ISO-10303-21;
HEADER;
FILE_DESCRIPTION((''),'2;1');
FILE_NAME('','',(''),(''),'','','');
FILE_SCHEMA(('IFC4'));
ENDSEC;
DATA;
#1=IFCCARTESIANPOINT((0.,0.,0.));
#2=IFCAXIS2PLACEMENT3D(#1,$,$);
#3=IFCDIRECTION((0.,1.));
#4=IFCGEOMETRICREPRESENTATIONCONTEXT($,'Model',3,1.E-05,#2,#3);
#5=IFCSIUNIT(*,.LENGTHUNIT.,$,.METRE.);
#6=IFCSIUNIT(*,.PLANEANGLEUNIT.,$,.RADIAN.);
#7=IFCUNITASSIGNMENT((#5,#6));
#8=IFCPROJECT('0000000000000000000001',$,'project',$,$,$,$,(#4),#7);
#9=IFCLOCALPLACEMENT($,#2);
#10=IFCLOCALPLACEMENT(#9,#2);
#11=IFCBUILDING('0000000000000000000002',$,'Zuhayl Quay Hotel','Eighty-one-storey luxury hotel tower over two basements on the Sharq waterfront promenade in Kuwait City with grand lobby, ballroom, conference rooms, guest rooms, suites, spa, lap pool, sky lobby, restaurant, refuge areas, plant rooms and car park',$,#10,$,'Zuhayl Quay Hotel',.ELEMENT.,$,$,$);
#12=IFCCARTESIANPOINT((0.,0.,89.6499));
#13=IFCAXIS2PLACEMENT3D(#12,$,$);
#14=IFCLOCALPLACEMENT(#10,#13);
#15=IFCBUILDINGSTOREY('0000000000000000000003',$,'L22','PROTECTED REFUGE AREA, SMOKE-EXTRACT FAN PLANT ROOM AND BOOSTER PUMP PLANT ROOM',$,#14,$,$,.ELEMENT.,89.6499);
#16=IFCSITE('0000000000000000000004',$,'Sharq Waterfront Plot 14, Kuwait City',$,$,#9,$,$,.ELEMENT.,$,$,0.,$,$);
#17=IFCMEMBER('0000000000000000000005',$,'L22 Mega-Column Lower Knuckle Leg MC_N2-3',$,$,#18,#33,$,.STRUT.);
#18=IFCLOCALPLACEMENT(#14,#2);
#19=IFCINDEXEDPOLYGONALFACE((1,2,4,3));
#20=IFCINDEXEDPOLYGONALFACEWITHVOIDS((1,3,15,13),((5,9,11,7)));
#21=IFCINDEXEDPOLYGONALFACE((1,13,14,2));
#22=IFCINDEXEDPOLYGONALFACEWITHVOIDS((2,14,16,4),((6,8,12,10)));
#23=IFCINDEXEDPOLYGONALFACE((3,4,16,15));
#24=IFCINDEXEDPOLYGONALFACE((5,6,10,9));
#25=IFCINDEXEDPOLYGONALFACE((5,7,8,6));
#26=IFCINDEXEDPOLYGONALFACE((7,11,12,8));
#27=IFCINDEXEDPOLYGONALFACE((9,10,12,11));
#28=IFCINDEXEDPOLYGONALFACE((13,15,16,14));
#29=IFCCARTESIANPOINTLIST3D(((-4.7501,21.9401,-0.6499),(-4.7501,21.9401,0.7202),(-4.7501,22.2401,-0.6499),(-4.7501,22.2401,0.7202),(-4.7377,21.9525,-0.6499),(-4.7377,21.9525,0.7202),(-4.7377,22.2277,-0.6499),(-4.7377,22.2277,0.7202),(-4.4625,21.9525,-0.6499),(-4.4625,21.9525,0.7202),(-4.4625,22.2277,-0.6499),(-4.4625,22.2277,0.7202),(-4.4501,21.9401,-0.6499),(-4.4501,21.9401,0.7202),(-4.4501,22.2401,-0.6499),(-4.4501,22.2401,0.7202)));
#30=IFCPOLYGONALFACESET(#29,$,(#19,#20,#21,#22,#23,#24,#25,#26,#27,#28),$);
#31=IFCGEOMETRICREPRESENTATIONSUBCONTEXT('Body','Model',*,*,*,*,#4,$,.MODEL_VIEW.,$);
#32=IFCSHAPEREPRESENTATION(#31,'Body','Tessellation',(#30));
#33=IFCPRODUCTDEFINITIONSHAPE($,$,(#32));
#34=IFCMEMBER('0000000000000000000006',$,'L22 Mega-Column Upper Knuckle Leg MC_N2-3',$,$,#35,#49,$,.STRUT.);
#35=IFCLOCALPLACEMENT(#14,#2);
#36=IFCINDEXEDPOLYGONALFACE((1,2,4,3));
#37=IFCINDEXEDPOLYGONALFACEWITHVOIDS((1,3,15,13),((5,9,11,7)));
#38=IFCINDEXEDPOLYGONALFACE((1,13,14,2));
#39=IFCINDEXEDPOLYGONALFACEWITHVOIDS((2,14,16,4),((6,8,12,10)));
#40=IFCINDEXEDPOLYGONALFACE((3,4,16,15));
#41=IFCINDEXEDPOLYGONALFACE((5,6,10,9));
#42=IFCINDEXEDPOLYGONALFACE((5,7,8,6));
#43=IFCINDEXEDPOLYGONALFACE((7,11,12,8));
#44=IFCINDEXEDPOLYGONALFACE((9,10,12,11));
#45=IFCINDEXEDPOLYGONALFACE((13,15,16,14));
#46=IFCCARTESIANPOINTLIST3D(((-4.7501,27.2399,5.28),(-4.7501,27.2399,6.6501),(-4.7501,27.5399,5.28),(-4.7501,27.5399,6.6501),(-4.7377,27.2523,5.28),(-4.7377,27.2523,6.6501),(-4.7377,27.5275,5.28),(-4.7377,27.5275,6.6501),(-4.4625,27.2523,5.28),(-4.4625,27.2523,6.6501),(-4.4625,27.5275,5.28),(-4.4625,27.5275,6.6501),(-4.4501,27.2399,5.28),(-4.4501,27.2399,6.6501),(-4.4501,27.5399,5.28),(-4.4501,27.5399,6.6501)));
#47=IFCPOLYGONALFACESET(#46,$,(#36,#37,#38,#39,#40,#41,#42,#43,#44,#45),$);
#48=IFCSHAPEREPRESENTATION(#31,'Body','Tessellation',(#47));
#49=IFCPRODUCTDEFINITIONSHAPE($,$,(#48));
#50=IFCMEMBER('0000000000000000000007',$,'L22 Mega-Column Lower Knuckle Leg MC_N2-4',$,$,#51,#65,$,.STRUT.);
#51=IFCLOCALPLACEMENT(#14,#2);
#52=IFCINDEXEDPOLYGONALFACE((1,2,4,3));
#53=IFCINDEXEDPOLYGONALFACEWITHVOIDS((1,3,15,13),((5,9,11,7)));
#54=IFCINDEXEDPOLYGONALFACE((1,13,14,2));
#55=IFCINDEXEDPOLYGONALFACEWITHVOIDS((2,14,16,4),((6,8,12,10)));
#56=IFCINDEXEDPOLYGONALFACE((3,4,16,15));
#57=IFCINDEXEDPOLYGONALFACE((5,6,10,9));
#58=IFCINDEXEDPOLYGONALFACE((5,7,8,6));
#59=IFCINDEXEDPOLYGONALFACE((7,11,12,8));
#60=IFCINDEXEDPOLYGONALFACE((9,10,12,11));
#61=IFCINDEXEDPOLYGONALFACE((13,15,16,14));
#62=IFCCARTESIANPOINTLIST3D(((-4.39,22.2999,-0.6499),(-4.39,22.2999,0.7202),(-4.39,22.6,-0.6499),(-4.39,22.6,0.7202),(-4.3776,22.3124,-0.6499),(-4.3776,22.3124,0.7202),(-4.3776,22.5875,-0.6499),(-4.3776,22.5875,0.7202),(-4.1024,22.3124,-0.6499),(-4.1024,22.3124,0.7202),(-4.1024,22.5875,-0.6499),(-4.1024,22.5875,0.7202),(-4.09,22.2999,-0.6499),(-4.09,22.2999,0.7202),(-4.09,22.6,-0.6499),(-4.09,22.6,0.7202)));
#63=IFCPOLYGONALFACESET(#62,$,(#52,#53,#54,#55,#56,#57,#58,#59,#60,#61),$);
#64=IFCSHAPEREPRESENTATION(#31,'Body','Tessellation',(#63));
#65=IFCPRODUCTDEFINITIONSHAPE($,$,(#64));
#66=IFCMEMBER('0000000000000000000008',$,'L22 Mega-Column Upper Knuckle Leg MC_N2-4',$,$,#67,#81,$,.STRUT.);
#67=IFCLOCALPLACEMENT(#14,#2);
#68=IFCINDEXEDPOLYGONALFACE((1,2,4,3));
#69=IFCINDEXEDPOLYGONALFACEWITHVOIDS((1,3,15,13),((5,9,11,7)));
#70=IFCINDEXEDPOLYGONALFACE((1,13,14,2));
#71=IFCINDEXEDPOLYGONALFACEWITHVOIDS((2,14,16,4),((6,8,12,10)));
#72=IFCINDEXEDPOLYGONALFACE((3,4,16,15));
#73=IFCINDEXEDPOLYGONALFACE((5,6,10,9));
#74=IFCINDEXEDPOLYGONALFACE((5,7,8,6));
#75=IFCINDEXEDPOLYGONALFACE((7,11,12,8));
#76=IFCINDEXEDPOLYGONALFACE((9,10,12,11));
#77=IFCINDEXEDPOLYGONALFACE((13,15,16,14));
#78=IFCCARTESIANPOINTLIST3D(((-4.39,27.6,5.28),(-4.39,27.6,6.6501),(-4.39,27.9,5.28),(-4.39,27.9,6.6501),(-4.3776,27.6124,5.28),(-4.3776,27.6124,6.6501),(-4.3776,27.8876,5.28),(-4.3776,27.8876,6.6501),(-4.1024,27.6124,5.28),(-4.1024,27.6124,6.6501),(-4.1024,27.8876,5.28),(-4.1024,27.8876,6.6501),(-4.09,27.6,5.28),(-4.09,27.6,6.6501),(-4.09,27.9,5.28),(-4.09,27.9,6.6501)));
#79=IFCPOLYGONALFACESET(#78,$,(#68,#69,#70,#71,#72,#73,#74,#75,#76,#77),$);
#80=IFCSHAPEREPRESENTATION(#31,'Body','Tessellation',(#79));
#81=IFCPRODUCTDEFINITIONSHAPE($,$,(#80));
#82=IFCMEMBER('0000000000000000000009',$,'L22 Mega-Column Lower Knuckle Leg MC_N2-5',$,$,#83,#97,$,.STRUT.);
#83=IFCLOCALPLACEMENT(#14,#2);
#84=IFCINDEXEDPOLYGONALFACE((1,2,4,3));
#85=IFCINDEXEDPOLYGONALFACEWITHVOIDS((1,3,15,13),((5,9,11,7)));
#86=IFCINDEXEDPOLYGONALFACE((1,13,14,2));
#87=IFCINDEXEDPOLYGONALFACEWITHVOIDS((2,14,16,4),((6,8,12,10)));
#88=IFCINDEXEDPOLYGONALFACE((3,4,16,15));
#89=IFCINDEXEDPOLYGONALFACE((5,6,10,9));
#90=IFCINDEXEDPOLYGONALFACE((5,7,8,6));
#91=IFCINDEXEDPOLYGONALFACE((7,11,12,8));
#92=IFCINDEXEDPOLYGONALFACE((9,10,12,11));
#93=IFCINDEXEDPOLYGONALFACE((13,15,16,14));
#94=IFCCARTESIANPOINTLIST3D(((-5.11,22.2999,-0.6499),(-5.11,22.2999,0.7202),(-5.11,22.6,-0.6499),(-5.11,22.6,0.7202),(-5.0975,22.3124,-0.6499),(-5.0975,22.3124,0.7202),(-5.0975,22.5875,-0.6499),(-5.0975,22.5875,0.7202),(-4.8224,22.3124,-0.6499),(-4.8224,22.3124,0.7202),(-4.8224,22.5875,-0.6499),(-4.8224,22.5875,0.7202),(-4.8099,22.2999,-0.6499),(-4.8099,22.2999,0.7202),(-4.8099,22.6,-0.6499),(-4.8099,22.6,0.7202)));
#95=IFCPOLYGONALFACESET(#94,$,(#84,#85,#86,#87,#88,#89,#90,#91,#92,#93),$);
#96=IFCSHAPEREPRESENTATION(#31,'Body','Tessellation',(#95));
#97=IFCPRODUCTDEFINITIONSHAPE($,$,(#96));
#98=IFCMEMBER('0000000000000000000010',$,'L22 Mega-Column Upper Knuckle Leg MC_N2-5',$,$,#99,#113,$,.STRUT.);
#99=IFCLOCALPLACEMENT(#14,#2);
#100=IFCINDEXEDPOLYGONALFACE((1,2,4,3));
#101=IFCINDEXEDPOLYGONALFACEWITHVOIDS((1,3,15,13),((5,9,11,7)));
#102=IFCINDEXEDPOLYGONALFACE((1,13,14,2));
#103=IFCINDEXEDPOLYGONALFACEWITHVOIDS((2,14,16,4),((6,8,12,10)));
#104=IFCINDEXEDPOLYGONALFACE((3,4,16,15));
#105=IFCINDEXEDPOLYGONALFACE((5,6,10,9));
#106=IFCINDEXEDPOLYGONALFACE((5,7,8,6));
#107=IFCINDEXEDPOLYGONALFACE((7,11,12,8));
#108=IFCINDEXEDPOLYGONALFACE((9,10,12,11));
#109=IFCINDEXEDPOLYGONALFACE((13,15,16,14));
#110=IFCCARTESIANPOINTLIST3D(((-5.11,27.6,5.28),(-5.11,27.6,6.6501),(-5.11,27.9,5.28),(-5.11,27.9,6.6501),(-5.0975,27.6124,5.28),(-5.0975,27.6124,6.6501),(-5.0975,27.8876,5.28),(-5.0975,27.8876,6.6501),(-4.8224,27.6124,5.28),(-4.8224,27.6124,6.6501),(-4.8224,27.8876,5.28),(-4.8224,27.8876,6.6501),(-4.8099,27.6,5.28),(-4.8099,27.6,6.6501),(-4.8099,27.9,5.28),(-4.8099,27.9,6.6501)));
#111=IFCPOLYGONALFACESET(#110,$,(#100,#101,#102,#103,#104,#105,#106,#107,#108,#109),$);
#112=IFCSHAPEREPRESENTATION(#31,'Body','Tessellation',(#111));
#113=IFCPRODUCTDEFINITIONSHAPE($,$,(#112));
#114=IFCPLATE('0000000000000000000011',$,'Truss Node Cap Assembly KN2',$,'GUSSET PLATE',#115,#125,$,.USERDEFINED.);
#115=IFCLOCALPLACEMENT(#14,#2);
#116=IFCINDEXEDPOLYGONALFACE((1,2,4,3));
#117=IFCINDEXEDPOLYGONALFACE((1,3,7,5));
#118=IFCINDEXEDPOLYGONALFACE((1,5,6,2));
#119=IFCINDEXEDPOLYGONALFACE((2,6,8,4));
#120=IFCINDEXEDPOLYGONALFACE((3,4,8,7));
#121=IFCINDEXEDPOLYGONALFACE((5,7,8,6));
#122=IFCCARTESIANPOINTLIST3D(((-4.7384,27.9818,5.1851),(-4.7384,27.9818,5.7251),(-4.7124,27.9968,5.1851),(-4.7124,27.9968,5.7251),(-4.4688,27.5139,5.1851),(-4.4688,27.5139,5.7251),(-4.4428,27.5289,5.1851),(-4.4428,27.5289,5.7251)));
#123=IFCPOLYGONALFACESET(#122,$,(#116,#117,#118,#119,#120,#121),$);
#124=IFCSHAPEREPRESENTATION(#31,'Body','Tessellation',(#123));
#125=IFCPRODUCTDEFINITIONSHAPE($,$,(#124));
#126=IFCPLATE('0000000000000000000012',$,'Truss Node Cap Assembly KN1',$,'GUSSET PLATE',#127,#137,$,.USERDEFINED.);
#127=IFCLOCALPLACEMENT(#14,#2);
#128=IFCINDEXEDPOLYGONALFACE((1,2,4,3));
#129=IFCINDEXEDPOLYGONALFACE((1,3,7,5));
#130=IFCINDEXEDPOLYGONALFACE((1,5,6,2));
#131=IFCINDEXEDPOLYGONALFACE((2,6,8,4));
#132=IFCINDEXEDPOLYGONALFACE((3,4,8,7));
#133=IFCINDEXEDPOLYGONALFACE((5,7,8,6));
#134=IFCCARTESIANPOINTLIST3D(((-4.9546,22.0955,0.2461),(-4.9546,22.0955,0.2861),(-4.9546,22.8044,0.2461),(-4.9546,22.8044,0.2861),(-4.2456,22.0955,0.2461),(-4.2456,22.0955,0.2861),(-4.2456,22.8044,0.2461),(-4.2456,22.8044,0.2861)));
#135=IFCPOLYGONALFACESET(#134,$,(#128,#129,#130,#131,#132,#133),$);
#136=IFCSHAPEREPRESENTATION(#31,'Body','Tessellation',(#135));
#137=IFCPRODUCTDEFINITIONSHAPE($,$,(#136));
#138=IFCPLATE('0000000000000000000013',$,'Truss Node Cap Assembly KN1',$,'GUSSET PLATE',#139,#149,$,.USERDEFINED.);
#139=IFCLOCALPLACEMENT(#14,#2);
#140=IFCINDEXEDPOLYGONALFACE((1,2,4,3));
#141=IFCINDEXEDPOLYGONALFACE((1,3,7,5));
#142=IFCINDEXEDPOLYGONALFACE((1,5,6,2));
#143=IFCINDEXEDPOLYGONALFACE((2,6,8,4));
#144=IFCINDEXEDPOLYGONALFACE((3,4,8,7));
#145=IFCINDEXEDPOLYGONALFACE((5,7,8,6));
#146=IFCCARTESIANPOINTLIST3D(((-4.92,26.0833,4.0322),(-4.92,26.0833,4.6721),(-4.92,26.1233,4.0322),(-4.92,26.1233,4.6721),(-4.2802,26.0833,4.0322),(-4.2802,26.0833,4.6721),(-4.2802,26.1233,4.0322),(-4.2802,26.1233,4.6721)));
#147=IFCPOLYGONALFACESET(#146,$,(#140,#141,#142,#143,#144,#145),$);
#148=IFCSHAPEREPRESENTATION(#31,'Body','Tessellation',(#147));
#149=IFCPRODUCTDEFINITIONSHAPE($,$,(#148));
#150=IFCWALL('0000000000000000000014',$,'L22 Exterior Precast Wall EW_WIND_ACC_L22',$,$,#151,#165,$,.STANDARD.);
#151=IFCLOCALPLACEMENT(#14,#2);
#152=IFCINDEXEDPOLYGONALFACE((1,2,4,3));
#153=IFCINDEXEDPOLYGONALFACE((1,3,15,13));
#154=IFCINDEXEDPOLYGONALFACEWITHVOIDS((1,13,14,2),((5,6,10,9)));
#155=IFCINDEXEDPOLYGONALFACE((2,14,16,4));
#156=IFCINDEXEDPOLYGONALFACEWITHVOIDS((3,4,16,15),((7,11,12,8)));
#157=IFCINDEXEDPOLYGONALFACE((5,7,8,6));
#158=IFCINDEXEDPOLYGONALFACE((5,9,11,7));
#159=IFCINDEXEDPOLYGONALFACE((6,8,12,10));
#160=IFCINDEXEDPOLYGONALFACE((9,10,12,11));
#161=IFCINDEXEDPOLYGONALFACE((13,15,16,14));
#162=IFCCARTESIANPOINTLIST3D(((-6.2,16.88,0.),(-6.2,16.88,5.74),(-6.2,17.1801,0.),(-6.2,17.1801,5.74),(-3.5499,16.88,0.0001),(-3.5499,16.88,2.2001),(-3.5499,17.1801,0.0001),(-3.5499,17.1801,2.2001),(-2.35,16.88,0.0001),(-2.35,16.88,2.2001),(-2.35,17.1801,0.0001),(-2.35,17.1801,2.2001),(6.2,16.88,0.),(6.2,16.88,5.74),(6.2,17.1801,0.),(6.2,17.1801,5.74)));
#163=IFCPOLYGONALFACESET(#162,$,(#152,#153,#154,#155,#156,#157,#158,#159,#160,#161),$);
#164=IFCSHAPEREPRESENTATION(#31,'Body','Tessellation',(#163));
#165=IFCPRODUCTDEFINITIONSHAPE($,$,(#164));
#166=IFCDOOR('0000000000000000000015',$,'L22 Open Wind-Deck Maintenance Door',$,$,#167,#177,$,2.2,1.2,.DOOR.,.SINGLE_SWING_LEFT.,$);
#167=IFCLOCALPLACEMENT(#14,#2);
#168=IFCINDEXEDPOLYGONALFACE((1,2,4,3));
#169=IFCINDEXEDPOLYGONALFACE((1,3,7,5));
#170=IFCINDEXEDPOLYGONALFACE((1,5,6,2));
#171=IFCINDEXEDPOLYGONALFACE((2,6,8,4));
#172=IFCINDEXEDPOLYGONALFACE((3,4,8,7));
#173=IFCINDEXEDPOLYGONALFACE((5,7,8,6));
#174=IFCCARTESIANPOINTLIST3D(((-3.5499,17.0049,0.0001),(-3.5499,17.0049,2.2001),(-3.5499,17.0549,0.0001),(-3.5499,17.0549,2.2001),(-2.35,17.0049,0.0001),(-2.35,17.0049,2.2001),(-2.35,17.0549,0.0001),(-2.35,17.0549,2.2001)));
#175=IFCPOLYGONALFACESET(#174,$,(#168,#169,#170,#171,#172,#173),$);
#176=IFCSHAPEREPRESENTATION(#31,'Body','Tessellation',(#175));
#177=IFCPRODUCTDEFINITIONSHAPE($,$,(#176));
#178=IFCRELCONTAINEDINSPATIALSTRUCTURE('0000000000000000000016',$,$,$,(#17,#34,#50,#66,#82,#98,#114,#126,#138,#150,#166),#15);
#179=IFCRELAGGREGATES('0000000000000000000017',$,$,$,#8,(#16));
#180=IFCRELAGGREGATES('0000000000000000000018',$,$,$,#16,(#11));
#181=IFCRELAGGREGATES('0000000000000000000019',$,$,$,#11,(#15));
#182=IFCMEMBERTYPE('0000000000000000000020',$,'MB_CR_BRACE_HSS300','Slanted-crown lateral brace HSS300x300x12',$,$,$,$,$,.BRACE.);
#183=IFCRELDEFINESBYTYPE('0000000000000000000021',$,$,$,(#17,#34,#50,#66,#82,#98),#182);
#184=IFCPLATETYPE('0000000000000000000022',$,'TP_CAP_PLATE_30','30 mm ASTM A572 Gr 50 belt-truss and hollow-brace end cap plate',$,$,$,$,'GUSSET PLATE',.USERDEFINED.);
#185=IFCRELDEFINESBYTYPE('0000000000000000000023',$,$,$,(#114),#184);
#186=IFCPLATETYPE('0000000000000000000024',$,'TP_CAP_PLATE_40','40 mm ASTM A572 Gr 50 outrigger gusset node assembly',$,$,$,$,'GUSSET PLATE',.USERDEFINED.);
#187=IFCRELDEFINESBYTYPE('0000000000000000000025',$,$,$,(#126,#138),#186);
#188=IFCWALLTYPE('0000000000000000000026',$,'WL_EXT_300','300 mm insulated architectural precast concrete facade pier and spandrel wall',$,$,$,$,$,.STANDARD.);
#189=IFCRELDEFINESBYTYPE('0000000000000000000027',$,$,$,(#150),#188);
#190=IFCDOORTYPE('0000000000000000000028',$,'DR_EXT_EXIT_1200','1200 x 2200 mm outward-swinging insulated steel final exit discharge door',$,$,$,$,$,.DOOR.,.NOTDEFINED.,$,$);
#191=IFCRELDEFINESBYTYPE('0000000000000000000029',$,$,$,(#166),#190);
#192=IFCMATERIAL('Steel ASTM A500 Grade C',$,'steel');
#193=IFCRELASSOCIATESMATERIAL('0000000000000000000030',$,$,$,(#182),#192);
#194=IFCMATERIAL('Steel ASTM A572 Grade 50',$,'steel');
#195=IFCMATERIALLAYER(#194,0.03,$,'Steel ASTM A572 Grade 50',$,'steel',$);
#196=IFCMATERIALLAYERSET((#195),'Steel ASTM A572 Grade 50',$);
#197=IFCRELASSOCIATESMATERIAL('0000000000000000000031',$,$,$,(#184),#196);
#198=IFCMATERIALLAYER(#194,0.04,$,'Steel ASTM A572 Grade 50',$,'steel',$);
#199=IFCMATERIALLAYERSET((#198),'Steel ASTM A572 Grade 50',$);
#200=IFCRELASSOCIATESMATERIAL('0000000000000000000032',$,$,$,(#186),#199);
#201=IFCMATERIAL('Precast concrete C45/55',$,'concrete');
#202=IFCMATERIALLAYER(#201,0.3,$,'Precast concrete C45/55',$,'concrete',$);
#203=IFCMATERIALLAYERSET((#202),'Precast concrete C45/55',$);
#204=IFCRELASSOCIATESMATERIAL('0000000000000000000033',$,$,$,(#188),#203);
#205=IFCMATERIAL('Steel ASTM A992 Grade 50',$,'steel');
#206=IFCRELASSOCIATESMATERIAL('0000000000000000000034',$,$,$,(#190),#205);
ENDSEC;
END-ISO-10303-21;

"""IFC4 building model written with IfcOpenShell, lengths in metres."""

from ifc_helpers import new_model, si_unit, direction, frame, frame_2d, origin, origin_2d, place, context, subcontext, project, spatial, rectangle, hollow_rectangle, extrude, material, layer, layer_set, material_profile, profile_set, type_object, element, fill, save


model = new_model("IFC4")

# Units and contexts
model_context = context("Model", 3, precision=1e-05, world=origin(), true_north=direction((0.0, 1.0)))
body_context = subcontext(model_context, "Body", "Model", "MODEL_VIEW")
ifc_project = project(units=[si_unit("LENGTHUNIT", "METRE"), si_unit("PLANEANGLEUNIT", "RADIAN")], contexts=[model_context])

# Site, building, storey
site_placement = place(None, origin())
site = spatial("IfcSite", under=ifc_project, at=site_placement, Name="Sharq Waterfront Plot 14, Kuwait City", CompositionType="ELEMENT", RefElevation=0.0)
building_placement = place(site_placement, origin())
building = spatial("IfcBuilding", under=site, at=building_placement, Name="Zuhayl Quay Hotel", Description="Eighty-one-storey luxury hotel tower over two basements on the Sharq waterfront promenade in Kuwait City with grand lobby, ballroom, conference rooms, guest rooms, suites, spa, lap pool, sky lobby, restaurant, refuge areas, plant rooms and car park", LongName="Zuhayl Quay Hotel", CompositionType="ELEMENT")
storey_placement = place(building_placement, frame((0.0, 0.0, 89.6499)))
storey = spatial("IfcBuildingStorey", under=building, at=storey_placement, Name="L22", Description="PROTECTED REFUGE AREA, SMOKE-EXTRACT FAN PLANT ROOM AND BOOSTER PUMP PLANT ROOM", CompositionType="ELEMENT", Elevation=89.6499)

# Shared definitions
ifc_material_1 = material(Name="Steel ASTM A992 Grade 50", Category="steel")

# Members
ifc_material_2 = material(Name="Steel ASTM A500 Grade C", Category="steel")
ifc_material_profile_1 = material_profile(ifc_material_2, hollow_rectangle(XDim=0.3, YDim=0.3, WallThickness=0.0125, at=origin_2d()), Name="HSS300X300X12")
ifc_profile_set_1 = profile_set([ifc_material_profile_1], Name="Steel ASTM A500 Grade C")
member_type_1 = type_object("IfcMemberType", Name="MB_CR_BRACE_HSS300", Description="Slanted-crown lateral brace HSS300x300x12", PredefinedType="BRACE", material=ifc_profile_set_1)
for number, where, z_axis, x_axis, name in (
    (1, (-4.6001, 22.0901, -0.6499), (0.0, 0.0, 1.0), (1.0, 0.0, 0.0), "L22 Mega-Column Lower Knuckle Leg MC_N2-3"),
    (2, (-4.6001, 27.3899, 5.28), (0.0, 0.0, 1.0), (1.0, 0.0, 0.0), "L22 Mega-Column Upper Knuckle Leg MC_N2-3"),
    (3, (-4.24, 22.45, -0.6499), (0.0, 0.0, 1.0), (1.0, 0.0, 0.0), "L22 Mega-Column Lower Knuckle Leg MC_N2-4"),
    (4, (-4.24, 27.75, 5.28), (0.0, 0.0, 1.0), (1.0, 0.0, 0.0), "L22 Mega-Column Upper Knuckle Leg MC_N2-4"),
    (5, (-4.96, 22.45, -0.6499), (0.0, 0.0, 1.0), (1.0, 0.0, 0.0), "L22 Mega-Column Lower Knuckle Leg MC_N2-5"),
    (6, (-4.96, 27.75, 5.28), (0.0, 0.0, 1.0), (1.0, 0.0, 0.0), "L22 Mega-Column Upper Knuckle Leg MC_N2-5"),
):
    element("IfcMember", number, at=place(storey_placement, frame(where, z_axis=z_axis, x_axis=x_axis)), inside=storey, type_object=member_type_1, Name=name, PredefinedType="STRUT", context=body_context, shape_type="SweptSolid", body=[
        extrude(hollow_rectangle(XDim=0.3, YDim=0.3, WallThickness=0.0125, at=origin_2d()), origin(), (0.0, 0.0, 1.0), 1.3701),
    ])

# Plates
ifc_material_3 = material(Name="Steel ASTM A572 Grade 50", Category="steel")
ifc_layer_1 = layer(ifc_material_3, 0.03, Name="Steel ASTM A572 Grade 50", Category="steel")
ifc_layer_set_1 = layer_set([ifc_layer_1], Name="Steel ASTM A572 Grade 50")
plate_type_1 = type_object("IfcPlateType", Name="TP_CAP_PLATE_30", Description="30 mm ASTM A572 Gr 50 belt-truss and hollow-brace end cap plate", ElementType="GUSSET PLATE", PredefinedType="USERDEFINED", material=ifc_layer_set_1)
plate_1_placement = place(storey_placement, frame((-4.5906, 27.7554, 5.1851), z_axis=(0.0, 0.0, 1.0), x_axis=(0.866461, 0.499244, 0.0)))
element("IfcPlate", 7, at=plate_1_placement, inside=storey, type_object=plate_type_1, Name="Truss Node Cap Assembly KN2", ObjectType="GUSSET PLATE", PredefinedType="USERDEFINED", context=body_context, shape_type="SweptSolid", body=[
    extrude(rectangle(XDim=0.03, YDim=0.54, at=origin_2d()), origin(), (0.0, 0.0, 1.0), 0.54),
])
ifc_layer_2 = layer(ifc_material_3, 0.04, Name="Steel ASTM A572 Grade 50", Category="steel")
ifc_layer_set_2 = layer_set([ifc_layer_2], Name="Steel ASTM A572 Grade 50")
plate_type_2 = type_object("IfcPlateType", Name="TP_CAP_PLATE_40", Description="40 mm ASTM A572 Gr 50 outrigger gusset node assembly", ElementType="GUSSET PLATE", PredefinedType="USERDEFINED", material=ifc_layer_set_2)
plate_2_placement = place(storey_placement, frame((-4.6001, 22.45, 0.2461), z_axis=(0.0, 0.0, 1.0), x_axis=(1.0, 0.0, 0.0)))
element("IfcPlate", 8, at=plate_2_placement, inside=storey, type_object=plate_type_2, Name="Truss Node Cap Assembly KN1", ObjectType="GUSSET PLATE", PredefinedType="USERDEFINED", context=body_context, shape_type="SweptSolid", body=[
    extrude(rectangle(XDim=0.709, YDim=0.709, at=origin_2d()), origin(), (0.0, 0.0, 1.0), 0.04),
])
plate_3_placement = place(storey_placement, frame((-4.6001, 26.1033, 4.0322), z_axis=(0.0, 0.0, 1.0), x_axis=(0.0, 1.0, 0.0)))
element("IfcPlate", 9, at=plate_3_placement, inside=storey, type_object=plate_type_2, Name="Truss Node Cap Assembly KN1", ObjectType="GUSSET PLATE", PredefinedType="USERDEFINED", context=body_context, shape_type="SweptSolid", body=[
    extrude(rectangle(XDim=0.04, YDim=0.6399, at=origin_2d()), origin(), (0.0, 0.0, 1.0), 0.6399),
])

# Wall, opening, door
ifc_material_4 = material(Name="Precast concrete C45/55", Category="concrete")
ifc_layer_3 = layer(ifc_material_4, 0.3, Name="Precast concrete C45/55", Category="concrete")
ifc_layer_set_3 = layer_set([ifc_layer_3], Name="Precast concrete C45/55")
wall_type_1 = type_object("IfcWallType", Name="WL_EXT_300", Description="300 mm insulated architectural precast concrete facade pier and spandrel wall", PredefinedType="STANDARD", material=ifc_layer_set_3)
wall_1_placement = place(storey_placement, frame((-6.2, 17.03, 0.0), z_axis=(0.0, 0.0, 1.0), x_axis=(1.0, 0.0, 0.0)))
wall_1 = element("IfcWall", 10, at=wall_1_placement, inside=storey, type_object=wall_type_1, Name="L22 Exterior Precast Wall EW_WIND_ACC_L22", PredefinedType="STANDARD", context=body_context, shape_type="SweptSolid", body=[
    extrude(rectangle(XDim=12.3999, YDim=0.3, at=frame_2d((6.2, 0.0))), origin(), (0.0, 0.0, 1.0), 5.74),
])
opening_1_placement = place(wall_1_placement, frame((2.6499, 0.0, 0.0)))
opening_1 = element("IfcOpeningElement", 11, at=opening_1_placement, cuts=wall_1, PredefinedType="OPENING", context=body_context, shape_type="SweptSolid", body=[
    extrude(rectangle(XDim=1.2, YDim=2.2, at=frame_2d((0.6001, 1.1001))), frame((0.0, 0.1599, 0.0), z_axis=(0.0, -1.0, 0.0), x_axis=(1.0, 0.0, 0.0)), (0.0, 0.0, 1.0), 0.3201),
])
door_type_1 = type_object("IfcDoorType", Name="DR_EXT_EXIT_1200", Description="1200 x 2200 mm outward-swinging insulated steel final exit discharge door", OperationType="NOTDEFINED", PredefinedType="DOOR", material=ifc_material_1)
door_1_placement = place(opening_1_placement, origin())
door_1 = element("IfcDoor", 12, at=door_1_placement, inside=storey, type_object=door_type_1, Name="L22 Open Wind-Deck Maintenance Door", OperationType="SINGLE_SWING_LEFT", OverallHeight=2.2, OverallWidth=1.2, PredefinedType="DOOR", context=body_context, shape_type="SweptSolid", body=[
    extrude(rectangle(XDim=1.2, YDim=2.2, at=frame_2d((0.6001, 1.1001))), frame((0.0, 0.0249, 0.0), z_axis=(0.0, -1.0, 0.0), x_axis=(1.0, 0.0, 0.0)), (0.0, 0.0, 1.0), 0.05),
])
fill(opening_1, door_1)

save(model, "model.ifc")
